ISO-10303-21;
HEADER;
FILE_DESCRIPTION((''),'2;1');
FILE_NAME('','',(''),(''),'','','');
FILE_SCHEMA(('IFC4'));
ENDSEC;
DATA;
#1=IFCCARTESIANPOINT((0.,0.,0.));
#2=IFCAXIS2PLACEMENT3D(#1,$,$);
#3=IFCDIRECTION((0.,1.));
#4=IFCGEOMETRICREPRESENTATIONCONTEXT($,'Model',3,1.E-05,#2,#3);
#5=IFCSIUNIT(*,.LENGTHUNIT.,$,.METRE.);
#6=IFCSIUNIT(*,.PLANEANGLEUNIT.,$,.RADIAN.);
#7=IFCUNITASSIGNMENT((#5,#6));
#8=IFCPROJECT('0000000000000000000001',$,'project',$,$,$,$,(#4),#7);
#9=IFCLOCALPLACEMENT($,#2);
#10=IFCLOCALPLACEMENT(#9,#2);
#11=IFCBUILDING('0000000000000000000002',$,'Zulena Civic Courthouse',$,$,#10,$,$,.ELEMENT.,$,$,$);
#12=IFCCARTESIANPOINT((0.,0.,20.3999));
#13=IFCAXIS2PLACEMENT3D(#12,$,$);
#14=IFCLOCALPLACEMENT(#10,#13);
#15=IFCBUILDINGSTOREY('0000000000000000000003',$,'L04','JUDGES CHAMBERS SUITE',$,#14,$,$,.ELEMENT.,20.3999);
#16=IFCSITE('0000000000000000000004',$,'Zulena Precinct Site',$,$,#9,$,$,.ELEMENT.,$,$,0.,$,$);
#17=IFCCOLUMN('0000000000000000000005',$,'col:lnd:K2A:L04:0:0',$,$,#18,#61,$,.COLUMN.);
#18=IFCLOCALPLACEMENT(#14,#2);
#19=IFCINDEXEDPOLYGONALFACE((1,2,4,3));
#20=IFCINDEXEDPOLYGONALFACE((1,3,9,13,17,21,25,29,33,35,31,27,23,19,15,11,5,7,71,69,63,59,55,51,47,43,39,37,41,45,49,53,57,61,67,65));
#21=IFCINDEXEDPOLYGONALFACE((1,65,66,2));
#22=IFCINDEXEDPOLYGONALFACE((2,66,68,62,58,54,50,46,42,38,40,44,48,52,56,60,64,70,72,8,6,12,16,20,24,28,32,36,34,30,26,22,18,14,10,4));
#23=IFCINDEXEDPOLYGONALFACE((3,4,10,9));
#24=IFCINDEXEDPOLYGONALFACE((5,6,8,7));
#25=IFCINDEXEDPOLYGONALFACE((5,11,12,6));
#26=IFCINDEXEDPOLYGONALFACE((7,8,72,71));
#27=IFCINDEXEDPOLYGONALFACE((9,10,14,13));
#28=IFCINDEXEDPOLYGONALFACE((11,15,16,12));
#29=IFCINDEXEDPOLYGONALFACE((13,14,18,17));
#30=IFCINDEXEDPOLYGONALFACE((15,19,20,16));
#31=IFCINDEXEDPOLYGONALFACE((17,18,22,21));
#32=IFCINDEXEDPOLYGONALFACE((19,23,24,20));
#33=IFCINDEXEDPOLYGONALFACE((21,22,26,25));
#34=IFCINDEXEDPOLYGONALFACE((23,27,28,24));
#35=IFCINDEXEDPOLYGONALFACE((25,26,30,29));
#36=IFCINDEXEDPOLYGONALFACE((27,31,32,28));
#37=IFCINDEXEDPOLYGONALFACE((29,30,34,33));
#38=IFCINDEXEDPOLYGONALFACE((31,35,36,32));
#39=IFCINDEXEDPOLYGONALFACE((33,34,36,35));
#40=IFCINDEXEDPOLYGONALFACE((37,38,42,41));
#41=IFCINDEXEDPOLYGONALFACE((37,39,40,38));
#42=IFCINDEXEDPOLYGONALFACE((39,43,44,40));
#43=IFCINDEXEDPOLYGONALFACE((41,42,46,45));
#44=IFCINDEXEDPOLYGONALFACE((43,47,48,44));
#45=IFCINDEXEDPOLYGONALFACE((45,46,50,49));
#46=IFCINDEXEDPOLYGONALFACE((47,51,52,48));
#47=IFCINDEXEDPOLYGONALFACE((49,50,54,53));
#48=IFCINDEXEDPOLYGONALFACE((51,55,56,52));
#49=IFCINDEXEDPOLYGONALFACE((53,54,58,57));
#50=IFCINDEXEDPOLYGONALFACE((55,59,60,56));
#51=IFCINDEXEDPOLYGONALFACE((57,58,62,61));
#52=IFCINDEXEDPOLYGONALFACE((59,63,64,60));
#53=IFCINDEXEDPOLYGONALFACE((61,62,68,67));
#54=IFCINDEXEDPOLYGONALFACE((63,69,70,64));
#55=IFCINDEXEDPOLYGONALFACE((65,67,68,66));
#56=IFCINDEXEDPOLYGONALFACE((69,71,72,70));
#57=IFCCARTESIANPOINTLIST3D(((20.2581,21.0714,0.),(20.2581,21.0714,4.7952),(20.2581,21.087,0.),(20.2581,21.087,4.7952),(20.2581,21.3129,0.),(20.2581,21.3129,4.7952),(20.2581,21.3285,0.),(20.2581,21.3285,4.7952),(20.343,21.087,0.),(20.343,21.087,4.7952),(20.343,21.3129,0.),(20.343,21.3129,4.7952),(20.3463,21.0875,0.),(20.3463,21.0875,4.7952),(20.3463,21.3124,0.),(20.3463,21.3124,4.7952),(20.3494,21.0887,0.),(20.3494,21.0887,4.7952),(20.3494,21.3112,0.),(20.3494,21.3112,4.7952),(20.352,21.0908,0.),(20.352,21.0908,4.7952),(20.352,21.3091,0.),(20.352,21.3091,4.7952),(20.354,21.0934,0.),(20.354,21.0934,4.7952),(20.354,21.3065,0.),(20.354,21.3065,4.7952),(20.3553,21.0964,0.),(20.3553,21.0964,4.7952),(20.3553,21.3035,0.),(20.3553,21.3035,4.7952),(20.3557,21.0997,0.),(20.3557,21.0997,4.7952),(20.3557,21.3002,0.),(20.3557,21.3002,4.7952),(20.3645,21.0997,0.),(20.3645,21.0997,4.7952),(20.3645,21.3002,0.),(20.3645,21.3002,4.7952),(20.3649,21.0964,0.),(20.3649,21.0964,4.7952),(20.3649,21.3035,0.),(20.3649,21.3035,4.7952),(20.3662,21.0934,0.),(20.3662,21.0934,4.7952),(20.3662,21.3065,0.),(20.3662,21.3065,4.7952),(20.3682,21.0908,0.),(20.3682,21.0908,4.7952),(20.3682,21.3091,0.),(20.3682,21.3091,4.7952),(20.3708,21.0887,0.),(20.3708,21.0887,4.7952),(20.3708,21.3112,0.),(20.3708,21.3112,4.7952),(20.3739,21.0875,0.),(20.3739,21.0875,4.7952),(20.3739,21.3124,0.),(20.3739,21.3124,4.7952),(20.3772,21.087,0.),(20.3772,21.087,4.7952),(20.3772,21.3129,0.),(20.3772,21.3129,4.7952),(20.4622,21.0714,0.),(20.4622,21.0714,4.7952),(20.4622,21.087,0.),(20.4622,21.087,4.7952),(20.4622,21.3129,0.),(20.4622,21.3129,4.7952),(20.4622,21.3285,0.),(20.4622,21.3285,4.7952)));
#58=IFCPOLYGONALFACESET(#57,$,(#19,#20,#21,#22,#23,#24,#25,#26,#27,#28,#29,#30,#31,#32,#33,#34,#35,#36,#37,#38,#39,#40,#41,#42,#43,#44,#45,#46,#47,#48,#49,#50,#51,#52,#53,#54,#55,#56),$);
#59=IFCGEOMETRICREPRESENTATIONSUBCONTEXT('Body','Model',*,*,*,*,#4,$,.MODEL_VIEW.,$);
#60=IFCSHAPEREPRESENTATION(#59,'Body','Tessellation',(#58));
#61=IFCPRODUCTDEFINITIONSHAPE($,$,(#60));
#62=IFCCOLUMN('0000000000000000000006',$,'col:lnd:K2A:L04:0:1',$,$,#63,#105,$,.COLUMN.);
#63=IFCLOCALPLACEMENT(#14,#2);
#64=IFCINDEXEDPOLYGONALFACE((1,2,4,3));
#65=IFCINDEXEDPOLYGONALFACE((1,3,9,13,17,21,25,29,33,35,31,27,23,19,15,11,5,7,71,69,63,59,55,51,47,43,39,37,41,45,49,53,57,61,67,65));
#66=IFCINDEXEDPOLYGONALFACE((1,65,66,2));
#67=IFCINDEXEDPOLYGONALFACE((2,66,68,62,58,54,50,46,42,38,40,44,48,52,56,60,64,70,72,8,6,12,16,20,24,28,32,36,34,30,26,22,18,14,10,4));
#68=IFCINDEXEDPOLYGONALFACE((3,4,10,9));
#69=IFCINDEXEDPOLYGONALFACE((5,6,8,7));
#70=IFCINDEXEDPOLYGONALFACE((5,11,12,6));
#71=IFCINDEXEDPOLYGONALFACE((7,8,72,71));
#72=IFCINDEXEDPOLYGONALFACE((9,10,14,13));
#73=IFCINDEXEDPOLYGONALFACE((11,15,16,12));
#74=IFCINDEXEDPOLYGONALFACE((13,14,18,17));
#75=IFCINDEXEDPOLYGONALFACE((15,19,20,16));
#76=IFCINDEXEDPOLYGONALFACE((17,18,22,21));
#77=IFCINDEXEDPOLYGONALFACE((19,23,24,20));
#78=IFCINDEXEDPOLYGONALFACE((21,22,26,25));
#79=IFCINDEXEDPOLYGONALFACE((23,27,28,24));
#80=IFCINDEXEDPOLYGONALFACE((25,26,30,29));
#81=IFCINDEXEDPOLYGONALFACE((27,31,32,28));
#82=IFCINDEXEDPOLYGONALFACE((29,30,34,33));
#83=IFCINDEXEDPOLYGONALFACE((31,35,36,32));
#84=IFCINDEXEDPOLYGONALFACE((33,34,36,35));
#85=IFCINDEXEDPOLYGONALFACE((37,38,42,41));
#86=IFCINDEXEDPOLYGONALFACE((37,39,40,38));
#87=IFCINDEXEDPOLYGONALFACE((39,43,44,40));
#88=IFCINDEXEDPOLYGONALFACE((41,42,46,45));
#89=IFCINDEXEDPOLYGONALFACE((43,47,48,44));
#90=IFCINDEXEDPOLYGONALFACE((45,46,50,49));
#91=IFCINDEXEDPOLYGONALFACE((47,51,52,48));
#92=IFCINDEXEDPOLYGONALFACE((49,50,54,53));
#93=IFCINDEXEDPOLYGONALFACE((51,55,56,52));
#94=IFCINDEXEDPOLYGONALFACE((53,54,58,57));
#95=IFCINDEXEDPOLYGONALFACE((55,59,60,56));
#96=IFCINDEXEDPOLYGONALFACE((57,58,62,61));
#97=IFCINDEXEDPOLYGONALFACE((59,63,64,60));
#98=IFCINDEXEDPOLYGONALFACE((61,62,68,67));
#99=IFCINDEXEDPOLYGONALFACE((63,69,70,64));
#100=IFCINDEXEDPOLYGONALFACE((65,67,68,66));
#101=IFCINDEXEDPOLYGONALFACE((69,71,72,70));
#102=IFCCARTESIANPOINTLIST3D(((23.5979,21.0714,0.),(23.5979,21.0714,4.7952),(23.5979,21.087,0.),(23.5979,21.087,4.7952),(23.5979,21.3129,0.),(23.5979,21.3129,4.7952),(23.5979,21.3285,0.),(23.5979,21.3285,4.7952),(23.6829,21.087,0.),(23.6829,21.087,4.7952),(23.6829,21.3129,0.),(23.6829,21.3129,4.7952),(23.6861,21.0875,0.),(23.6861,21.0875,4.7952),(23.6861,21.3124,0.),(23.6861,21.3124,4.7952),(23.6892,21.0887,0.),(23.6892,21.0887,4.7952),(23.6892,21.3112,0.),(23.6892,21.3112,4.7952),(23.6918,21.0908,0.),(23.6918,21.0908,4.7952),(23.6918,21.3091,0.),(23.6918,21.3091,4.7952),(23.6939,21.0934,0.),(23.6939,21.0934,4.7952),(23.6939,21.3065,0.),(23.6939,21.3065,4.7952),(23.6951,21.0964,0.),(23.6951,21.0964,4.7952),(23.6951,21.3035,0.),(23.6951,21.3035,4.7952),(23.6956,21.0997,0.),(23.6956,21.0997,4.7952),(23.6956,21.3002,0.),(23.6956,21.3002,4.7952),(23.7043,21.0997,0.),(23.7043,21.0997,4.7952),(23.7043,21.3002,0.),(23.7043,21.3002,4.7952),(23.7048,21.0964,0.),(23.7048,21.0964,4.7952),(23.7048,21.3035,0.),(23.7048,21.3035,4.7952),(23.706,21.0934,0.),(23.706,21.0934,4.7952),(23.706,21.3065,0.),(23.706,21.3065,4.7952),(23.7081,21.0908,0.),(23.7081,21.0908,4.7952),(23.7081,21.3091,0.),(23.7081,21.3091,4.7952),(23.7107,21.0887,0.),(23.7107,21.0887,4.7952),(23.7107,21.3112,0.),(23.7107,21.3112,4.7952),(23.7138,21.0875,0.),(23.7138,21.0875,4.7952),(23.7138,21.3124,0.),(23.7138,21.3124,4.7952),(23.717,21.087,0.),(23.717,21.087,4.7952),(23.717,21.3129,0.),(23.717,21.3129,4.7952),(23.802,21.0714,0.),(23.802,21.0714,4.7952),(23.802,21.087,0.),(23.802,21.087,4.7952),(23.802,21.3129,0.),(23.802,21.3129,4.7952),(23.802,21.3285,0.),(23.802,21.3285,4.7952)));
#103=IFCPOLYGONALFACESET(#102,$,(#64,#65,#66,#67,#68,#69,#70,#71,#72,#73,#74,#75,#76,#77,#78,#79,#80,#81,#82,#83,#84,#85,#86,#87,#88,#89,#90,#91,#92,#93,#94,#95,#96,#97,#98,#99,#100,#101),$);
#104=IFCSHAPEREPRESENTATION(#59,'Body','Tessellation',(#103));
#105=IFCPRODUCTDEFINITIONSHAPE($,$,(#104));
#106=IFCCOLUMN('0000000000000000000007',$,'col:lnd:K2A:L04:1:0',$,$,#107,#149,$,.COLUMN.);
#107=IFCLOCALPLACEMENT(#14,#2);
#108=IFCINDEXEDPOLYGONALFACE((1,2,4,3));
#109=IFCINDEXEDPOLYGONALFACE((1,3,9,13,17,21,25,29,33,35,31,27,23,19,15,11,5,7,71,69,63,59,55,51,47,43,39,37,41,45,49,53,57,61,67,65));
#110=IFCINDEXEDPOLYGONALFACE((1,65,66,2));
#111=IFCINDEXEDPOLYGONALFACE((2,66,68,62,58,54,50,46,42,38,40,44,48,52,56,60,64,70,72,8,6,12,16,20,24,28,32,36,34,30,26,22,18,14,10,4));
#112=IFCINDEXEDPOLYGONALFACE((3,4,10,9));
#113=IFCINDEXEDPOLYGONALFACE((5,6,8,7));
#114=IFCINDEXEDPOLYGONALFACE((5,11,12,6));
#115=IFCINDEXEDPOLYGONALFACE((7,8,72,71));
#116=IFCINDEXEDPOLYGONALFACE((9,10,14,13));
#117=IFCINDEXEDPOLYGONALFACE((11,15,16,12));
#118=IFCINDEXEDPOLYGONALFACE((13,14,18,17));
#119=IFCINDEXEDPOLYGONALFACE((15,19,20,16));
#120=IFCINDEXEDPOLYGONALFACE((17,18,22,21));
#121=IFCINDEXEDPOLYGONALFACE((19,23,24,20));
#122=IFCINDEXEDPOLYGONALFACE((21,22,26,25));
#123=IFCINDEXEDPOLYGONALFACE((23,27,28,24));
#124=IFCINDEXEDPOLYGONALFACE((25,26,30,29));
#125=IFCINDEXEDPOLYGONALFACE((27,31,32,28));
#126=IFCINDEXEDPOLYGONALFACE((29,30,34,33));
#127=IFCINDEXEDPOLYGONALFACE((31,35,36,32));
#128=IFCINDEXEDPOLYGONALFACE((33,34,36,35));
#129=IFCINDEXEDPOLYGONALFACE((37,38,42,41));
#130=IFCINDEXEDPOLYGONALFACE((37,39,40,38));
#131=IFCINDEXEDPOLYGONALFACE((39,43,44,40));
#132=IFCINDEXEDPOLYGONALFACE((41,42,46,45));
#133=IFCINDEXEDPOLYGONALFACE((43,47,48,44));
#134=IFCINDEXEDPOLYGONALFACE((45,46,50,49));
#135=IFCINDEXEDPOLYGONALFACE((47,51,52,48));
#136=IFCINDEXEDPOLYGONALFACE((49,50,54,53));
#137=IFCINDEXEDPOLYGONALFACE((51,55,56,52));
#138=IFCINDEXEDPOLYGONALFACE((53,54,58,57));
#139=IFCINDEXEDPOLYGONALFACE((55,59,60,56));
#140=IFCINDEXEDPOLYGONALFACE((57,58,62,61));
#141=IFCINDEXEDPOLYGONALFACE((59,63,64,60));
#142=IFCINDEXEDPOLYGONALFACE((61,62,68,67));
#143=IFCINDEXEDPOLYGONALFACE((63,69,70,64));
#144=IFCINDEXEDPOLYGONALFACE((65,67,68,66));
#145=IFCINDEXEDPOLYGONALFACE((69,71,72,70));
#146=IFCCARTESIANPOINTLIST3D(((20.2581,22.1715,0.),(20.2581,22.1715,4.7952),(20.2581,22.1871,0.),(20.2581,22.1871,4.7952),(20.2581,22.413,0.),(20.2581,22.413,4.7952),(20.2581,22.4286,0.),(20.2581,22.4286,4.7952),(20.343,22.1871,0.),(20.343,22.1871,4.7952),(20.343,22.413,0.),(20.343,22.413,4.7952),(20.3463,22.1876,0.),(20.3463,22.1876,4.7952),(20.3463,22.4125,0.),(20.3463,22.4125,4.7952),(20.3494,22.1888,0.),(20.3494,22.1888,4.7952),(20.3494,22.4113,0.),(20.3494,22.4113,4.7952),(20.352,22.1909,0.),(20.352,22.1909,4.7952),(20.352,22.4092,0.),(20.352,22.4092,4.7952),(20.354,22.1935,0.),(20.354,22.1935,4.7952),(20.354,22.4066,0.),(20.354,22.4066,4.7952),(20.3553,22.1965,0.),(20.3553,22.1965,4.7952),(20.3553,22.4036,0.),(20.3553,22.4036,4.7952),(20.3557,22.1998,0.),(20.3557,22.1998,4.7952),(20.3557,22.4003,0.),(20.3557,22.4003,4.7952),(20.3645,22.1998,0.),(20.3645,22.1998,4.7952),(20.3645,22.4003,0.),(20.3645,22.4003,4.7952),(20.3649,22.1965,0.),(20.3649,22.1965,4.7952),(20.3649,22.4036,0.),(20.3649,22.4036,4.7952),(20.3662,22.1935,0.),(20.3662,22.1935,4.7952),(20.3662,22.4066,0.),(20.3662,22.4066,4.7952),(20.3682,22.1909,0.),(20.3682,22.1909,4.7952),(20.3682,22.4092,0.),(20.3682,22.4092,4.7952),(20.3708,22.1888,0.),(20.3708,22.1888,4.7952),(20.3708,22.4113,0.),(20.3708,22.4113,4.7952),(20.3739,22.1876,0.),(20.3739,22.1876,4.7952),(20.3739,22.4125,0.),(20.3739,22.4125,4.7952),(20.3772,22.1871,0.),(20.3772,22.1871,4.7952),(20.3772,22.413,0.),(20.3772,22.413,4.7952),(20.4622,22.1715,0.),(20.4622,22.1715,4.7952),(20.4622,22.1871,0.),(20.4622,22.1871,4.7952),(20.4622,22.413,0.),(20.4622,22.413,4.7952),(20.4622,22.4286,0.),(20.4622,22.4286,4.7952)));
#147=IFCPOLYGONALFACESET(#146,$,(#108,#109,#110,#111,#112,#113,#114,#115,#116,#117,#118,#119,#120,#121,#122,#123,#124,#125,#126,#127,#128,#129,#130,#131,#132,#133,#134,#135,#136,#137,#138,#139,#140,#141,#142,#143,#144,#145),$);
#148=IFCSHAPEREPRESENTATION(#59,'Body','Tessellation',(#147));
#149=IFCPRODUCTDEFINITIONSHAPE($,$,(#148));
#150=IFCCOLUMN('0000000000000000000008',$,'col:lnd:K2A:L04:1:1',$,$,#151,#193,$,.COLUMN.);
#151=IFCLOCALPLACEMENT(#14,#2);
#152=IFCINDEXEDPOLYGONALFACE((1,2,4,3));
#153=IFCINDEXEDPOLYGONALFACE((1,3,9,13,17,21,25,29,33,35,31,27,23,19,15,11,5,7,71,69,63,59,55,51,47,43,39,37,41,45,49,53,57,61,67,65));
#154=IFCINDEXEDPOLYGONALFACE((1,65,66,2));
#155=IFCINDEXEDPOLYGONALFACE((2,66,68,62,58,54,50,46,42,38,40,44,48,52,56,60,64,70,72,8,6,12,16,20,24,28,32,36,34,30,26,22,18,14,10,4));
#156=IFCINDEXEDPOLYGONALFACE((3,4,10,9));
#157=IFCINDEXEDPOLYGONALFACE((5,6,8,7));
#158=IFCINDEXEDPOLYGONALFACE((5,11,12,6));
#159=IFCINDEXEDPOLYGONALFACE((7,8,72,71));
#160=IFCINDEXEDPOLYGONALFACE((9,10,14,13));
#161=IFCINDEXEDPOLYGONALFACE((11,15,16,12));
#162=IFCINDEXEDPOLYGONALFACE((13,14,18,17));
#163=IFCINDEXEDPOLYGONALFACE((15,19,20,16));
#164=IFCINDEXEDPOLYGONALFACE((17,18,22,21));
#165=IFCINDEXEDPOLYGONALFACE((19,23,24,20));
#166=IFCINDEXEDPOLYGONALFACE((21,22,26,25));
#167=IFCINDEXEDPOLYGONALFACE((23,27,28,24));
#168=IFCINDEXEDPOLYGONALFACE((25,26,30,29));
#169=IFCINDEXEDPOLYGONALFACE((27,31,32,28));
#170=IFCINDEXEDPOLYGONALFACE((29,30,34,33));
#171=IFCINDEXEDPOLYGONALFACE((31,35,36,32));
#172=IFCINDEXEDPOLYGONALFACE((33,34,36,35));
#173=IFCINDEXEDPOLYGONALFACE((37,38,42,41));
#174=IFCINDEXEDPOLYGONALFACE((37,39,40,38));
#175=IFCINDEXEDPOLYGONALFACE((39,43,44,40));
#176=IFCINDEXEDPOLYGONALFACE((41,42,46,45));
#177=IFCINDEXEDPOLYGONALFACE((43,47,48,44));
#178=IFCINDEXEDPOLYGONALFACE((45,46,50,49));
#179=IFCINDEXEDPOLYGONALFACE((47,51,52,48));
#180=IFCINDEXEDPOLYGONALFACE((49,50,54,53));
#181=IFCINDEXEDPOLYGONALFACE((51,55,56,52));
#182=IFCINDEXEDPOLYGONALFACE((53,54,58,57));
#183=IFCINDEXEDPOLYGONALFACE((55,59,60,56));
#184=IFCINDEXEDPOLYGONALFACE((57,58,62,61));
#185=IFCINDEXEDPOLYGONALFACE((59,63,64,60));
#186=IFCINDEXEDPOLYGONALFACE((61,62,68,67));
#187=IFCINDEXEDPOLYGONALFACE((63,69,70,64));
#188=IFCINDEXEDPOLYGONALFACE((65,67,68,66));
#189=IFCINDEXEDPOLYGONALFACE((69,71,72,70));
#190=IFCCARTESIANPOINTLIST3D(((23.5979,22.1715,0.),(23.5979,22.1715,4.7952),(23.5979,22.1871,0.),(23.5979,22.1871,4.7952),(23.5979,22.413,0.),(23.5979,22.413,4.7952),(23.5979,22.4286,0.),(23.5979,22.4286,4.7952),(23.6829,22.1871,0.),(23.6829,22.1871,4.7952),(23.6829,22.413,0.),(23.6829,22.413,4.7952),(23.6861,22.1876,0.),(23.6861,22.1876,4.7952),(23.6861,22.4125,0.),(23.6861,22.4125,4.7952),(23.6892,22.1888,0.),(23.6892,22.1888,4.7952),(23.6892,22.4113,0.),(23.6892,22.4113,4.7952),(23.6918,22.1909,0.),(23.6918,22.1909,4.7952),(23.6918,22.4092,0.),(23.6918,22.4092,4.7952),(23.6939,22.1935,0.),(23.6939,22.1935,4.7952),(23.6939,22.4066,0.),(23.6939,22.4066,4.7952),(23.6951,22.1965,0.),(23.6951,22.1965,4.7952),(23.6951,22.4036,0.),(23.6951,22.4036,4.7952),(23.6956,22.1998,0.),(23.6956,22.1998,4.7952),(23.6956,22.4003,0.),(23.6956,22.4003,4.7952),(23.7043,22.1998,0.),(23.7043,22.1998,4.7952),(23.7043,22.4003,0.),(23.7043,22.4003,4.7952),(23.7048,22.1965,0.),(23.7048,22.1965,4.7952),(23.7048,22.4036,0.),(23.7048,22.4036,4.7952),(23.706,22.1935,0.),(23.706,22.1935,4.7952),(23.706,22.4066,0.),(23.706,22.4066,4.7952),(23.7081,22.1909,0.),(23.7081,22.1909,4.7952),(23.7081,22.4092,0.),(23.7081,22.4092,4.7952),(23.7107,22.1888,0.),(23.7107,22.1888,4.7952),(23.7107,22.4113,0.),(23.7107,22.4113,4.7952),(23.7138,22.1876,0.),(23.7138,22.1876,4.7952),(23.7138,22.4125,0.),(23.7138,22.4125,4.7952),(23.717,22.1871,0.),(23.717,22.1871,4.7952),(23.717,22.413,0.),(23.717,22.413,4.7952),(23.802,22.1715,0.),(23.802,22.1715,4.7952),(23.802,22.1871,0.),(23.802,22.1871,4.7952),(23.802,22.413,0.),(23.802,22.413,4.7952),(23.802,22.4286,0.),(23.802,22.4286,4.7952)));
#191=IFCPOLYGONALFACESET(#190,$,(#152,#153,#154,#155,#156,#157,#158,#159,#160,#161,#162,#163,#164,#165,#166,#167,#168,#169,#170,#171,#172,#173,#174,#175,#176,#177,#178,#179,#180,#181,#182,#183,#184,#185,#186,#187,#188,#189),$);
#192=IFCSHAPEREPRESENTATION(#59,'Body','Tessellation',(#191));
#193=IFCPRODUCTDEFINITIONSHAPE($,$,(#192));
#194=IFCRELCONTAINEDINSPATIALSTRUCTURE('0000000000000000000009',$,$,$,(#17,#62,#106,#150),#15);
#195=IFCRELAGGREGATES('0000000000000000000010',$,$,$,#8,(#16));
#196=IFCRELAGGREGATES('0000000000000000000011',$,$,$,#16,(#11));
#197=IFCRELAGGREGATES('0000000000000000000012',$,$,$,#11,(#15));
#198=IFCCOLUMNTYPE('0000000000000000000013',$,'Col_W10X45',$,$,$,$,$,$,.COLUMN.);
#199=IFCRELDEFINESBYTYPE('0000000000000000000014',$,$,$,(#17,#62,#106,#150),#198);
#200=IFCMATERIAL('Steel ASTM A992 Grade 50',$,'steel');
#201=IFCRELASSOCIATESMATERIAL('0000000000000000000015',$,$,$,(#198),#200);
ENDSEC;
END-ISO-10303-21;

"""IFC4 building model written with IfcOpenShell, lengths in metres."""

from ifc_helpers import new_model, si_unit, direction, frame, origin, origin_2d, place, context, subcontext, project, spatial, i_section, extrude, material, material_profile, profile_set, type_object, element, save


model = new_model("IFC4")

# Units and contexts
model_context = context("Model", 3, precision=1e-05, world=origin(), true_north=direction((0.0, 1.0)))
body_context = subcontext(model_context, "Body", "Model", "MODEL_VIEW")
ifc_project = project(units=[si_unit("LENGTHUNIT", "METRE"), si_unit("PLANEANGLEUNIT", "RADIAN")], contexts=[model_context])

# Site, building, storey
site_placement = place(None, origin())
site = spatial("IfcSite", under=ifc_project, at=site_placement, Name="Zulena Precinct Site", CompositionType="ELEMENT", RefElevation=0.0)
building_placement = place(site_placement, origin())
building = spatial("IfcBuilding", under=site, at=building_placement, Name="Zulena Civic Courthouse", CompositionType="ELEMENT")
storey_placement = place(building_placement, frame((0.0, 0.0, 20.3999)))
storey = spatial("IfcBuildingStorey", under=building, at=storey_placement, Name="L04", Description="JUDGES CHAMBERS SUITE", CompositionType="ELEMENT", Elevation=20.3999)

# Columns
ifc_material_1 = material(Name="Steel ASTM A992 Grade 50", Category="steel")
ifc_material_profile_1 = material_profile(ifc_material_1, i_section(OverallWidth=0.2041, OverallDepth=0.2571, WebThickness=0.0088, FlangeThickness=0.0156, FilletRadius=0.0127, at=origin_2d()), Name="W10X45")
ifc_profile_set_1 = profile_set([ifc_material_profile_1], Name="Steel ASTM A992 Grade 50")
column_type_1 = type_object("IfcColumnType", Name="Col_W10X45", PredefinedType="COLUMN", material=ifc_profile_set_1)
for number, where, z_axis, x_axis, name in (
    (1, (20.3601, 21.2, 0.0), (0.0, 0.0, 1.0), (1.0, 0.0, 0.0), "col:lnd:K2A:L04:0:0"),
    (2, (23.7, 21.2, 0.0), (0.0, 0.0, 1.0), (1.0, 0.0, 0.0), "col:lnd:K2A:L04:0:1"),
    (3, (20.3601, 22.3, 0.0), (0.0, 0.0, 1.0), (1.0, 0.0, 0.0), "col:lnd:K2A:L04:1:0"),
    (4, (23.7, 22.3, 0.0), (0.0, 0.0, 1.0), (1.0, 0.0, 0.0), "col:lnd:K2A:L04:1:1"),
):
    element("IfcColumn", number, at=place(storey_placement, frame(where, z_axis=z_axis, x_axis=x_axis)), inside=storey, type_object=column_type_1, Name=name, PredefinedType="COLUMN", context=body_context, shape_type="SweptSolid", body=[
        extrude(i_section(OverallWidth=0.2041, OverallDepth=0.2571, WebThickness=0.0088, FlangeThickness=0.0156, FilletRadius=0.0127, at=origin_2d()), origin(), (0.0, 0.0, 1.0), 4.7952),
    ])

save(model, "model.ifc")
